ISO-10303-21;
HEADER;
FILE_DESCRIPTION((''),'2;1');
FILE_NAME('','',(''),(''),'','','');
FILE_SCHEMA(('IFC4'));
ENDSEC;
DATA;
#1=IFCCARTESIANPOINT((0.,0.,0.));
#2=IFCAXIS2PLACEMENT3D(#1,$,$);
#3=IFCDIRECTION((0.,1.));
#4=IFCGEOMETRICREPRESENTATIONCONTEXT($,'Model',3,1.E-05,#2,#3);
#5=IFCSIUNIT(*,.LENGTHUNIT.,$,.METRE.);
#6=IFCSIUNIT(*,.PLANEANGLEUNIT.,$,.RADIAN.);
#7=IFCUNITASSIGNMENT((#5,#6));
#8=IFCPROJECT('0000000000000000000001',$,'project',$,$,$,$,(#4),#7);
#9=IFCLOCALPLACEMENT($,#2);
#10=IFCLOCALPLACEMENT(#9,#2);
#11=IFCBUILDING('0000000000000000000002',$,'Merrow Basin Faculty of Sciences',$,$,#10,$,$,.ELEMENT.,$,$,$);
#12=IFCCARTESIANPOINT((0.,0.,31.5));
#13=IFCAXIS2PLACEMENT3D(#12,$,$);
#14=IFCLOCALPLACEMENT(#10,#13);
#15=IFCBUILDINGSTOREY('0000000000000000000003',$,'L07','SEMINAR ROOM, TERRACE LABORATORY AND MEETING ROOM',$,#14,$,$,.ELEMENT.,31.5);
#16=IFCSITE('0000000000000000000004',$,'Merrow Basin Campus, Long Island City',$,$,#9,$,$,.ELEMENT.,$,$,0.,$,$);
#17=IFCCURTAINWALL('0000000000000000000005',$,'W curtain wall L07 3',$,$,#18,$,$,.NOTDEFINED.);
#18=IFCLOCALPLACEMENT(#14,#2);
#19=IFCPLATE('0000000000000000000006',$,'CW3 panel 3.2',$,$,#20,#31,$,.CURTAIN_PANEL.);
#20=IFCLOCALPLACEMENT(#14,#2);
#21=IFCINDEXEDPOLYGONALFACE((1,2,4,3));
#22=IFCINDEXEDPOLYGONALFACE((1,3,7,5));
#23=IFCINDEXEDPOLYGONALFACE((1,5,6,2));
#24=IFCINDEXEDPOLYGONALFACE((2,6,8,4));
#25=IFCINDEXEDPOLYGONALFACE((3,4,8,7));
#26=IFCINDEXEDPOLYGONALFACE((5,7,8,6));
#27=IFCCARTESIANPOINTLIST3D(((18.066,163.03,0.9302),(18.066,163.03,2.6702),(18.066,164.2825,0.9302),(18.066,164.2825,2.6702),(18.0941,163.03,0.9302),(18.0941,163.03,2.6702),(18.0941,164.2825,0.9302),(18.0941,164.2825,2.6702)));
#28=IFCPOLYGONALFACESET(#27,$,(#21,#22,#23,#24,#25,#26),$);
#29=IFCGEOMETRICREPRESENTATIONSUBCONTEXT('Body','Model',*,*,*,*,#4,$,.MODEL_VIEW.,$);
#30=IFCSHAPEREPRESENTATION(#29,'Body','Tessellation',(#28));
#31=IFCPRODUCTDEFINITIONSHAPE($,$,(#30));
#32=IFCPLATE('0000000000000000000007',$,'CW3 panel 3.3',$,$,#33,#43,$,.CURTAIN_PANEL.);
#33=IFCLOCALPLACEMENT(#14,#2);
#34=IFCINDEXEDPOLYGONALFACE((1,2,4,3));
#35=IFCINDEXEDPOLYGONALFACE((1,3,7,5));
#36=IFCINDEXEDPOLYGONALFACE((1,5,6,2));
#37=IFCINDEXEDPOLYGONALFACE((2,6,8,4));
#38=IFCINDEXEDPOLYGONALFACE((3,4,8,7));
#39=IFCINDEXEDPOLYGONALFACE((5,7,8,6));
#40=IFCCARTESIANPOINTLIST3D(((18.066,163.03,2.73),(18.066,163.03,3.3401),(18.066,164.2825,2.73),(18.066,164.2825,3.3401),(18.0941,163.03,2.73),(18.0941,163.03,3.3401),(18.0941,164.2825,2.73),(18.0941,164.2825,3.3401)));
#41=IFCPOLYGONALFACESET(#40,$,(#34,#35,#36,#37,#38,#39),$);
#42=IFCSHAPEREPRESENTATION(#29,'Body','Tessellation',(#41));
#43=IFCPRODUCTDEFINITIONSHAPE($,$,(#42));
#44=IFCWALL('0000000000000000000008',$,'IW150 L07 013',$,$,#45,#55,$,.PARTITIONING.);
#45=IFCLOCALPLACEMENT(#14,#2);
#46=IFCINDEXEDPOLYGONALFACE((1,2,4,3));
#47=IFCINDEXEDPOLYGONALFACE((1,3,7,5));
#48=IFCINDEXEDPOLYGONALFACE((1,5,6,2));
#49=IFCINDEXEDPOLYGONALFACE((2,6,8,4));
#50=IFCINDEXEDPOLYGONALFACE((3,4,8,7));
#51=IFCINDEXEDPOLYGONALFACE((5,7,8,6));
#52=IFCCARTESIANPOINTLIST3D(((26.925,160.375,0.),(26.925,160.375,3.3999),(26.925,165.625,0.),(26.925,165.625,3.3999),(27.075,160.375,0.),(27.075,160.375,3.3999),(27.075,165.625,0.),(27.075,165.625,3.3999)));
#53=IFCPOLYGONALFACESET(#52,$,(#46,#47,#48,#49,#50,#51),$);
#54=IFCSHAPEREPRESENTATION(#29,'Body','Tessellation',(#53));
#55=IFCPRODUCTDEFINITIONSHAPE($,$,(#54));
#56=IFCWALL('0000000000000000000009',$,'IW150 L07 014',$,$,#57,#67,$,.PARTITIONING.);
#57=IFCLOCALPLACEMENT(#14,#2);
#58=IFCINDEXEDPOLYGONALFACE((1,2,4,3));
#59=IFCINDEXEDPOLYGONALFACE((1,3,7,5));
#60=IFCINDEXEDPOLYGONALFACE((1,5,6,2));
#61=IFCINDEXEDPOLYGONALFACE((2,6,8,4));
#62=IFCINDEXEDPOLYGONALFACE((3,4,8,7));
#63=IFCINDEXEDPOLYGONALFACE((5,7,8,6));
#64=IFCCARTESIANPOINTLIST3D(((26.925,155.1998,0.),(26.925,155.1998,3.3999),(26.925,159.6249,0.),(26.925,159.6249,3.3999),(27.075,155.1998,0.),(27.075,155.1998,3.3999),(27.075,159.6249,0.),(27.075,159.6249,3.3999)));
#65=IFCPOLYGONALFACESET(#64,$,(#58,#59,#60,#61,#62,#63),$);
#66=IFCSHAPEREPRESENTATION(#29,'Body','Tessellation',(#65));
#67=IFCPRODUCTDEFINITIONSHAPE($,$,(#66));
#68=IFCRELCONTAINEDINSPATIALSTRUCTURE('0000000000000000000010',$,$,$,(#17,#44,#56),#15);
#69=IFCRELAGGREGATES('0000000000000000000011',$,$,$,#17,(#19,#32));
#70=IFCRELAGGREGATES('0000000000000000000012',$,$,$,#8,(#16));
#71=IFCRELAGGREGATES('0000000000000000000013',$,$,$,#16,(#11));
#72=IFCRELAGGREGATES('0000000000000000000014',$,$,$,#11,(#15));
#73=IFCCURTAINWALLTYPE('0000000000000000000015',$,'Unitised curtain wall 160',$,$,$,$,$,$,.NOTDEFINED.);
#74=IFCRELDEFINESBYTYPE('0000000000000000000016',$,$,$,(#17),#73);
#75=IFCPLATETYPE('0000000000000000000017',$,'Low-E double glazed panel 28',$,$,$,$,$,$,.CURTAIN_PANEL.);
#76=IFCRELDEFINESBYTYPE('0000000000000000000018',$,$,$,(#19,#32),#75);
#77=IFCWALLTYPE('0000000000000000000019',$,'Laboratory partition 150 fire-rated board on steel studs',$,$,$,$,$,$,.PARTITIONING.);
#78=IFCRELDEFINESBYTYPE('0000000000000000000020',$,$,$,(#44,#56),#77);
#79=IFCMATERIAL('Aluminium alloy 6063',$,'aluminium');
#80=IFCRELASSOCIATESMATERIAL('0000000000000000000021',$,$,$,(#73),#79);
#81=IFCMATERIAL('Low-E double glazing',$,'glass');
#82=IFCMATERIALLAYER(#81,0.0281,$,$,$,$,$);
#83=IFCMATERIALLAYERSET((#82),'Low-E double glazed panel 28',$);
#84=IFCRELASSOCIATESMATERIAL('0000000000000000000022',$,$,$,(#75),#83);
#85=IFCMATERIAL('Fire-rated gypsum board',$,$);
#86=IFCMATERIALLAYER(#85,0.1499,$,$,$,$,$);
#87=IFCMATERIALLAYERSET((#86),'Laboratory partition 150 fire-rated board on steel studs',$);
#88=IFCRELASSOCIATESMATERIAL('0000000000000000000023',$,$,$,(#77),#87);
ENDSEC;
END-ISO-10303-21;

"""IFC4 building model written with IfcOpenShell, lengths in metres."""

from ifc_helpers import new_model, si_unit, direction, frame, frame_2d, origin, origin_2d, place, context, subcontext, project, spatial, rectangle, extrude, material, layer, layer_set, type_object, element, aggregate, save


model = new_model("IFC4")

# Units and contexts
model_context = context("Model", 3, precision=1e-05, world=origin(), true_north=direction((0.0, 1.0)))
body_context = subcontext(model_context, "Body", "Model", "MODEL_VIEW")
ifc_project = project(units=[si_unit("LENGTHUNIT", "METRE"), si_unit("PLANEANGLEUNIT", "RADIAN")], contexts=[model_context])

# Site, building, storey
site_placement = place(None, origin())
site = spatial("IfcSite", under=ifc_project, at=site_placement, Name="Merrow Basin Campus, Long Island City", CompositionType="ELEMENT", RefElevation=0.0)
building_placement = place(site_placement, origin())
building = spatial("IfcBuilding", under=site, at=building_placement, Name="Merrow Basin Faculty of Sciences", CompositionType="ELEMENT")
storey_placement = place(building_placement, frame((0.0, 0.0, 31.5)))
storey = spatial("IfcBuildingStorey", under=building, at=storey_placement, Name="L07", Description="SEMINAR ROOM, TERRACE LABORATORY AND MEETING ROOM", CompositionType="ELEMENT", Elevation=31.5)

# Curtain wall
ifc_material_1 = material(Name="Aluminium alloy 6063", Category="aluminium")
curtain_wall_type = type_object("IfcCurtainWallType", Name="Unitised curtain wall 160", PredefinedType="NOTDEFINED", material=ifc_material_1)
curtain_wall_placement = place(storey_placement, origin())
curtain_wall = element("IfcCurtainWall", 1, at=curtain_wall_placement, inside=storey, type_object=curtain_wall_type, Name="W curtain wall L07 3", PredefinedType="NOTDEFINED")

# Plates
ifc_material_2 = material(Name="Low-E double glazing", Category="glass")
ifc_layer_1 = layer(ifc_material_2, 0.0281)
ifc_layer_set_1 = layer_set([ifc_layer_1], Name="Low-E double glazed panel 28")
plate_type_1 = type_object("IfcPlateType", Name="Low-E double glazed panel 28", PredefinedType="CURTAIN_PANEL", material=ifc_layer_set_1)
plate_1_placement = place(storey_placement, frame((18.0801, 163.6562, 0.9302), z_axis=(0.0, 0.0, 1.0), x_axis=(0.0, 1.0, 0.0)))
plate_1 = element("IfcPlate", 2, at=plate_1_placement, type_object=plate_type_1, Name="CW3 panel 3.2", PredefinedType="CURTAIN_PANEL", context=body_context, shape_type="SweptSolid", body=[
    extrude(rectangle(XDim=1.2524, YDim=0.0281, at=origin_2d()), origin(), (0.0, 0.0, 1.0), 1.74),
])
plate_2_placement = place(storey_placement, frame((18.0801, 163.6562, 2.73), z_axis=(0.0, 0.0, 1.0), x_axis=(0.0, 1.0, 0.0)))
plate_2 = element("IfcPlate", 3, at=plate_2_placement, type_object=plate_type_1, Name="CW3 panel 3.3", PredefinedType="CURTAIN_PANEL", context=body_context, shape_type="SweptSolid", body=[
    extrude(rectangle(XDim=1.2524, YDim=0.0281, at=origin_2d()), origin(), (0.0, 0.0, 1.0), 0.6101),
])
aggregate(curtain_wall, [plate_1, plate_2])

# Walls
ifc_material_3 = material(Name="Fire-rated gypsum board")
ifc_layer_2 = layer(ifc_material_3, 0.1499)
ifc_layer_set_2 = layer_set([ifc_layer_2], Name="Laboratory partition 150 fire-rated board on steel studs")
wall_type = type_object("IfcWallType", Name="Laboratory partition 150 fire-rated board on steel studs", PredefinedType="PARTITIONING", material=ifc_layer_set_2)
wall_1_placement = place(storey_placement, frame((27.0, 160.375, 0.0), z_axis=(0.0, 0.0, 1.0), x_axis=(0.0, 1.0, 0.0)))
element("IfcWall", 4, at=wall_1_placement, inside=storey, type_object=wall_type, Name="IW150 L07 013", PredefinedType="PARTITIONING", context=body_context, shape_type="SweptSolid", body=[
    extrude(rectangle(XDim=5.25, YDim=0.1499, at=frame_2d((2.625, 0.0))), origin(), (0.0, 0.0, 1.0), 3.3999),
])
wall_2_placement = place(storey_placement, frame((27.0, 155.2, 0.0), z_axis=(0.0, 0.0, 1.0), x_axis=(0.0, 1.0, 0.0)))
element("IfcWall", 5, at=wall_2_placement, inside=storey, type_object=wall_type, Name="IW150 L07 014", PredefinedType="PARTITIONING", context=body_context, shape_type="SweptSolid", body=[
    extrude(rectangle(XDim=4.425, YDim=0.1499, at=frame_2d((2.2124, 0.0))), origin(), (0.0, 0.0, 1.0), 3.3999),
])

save(model, "model.ifc")
